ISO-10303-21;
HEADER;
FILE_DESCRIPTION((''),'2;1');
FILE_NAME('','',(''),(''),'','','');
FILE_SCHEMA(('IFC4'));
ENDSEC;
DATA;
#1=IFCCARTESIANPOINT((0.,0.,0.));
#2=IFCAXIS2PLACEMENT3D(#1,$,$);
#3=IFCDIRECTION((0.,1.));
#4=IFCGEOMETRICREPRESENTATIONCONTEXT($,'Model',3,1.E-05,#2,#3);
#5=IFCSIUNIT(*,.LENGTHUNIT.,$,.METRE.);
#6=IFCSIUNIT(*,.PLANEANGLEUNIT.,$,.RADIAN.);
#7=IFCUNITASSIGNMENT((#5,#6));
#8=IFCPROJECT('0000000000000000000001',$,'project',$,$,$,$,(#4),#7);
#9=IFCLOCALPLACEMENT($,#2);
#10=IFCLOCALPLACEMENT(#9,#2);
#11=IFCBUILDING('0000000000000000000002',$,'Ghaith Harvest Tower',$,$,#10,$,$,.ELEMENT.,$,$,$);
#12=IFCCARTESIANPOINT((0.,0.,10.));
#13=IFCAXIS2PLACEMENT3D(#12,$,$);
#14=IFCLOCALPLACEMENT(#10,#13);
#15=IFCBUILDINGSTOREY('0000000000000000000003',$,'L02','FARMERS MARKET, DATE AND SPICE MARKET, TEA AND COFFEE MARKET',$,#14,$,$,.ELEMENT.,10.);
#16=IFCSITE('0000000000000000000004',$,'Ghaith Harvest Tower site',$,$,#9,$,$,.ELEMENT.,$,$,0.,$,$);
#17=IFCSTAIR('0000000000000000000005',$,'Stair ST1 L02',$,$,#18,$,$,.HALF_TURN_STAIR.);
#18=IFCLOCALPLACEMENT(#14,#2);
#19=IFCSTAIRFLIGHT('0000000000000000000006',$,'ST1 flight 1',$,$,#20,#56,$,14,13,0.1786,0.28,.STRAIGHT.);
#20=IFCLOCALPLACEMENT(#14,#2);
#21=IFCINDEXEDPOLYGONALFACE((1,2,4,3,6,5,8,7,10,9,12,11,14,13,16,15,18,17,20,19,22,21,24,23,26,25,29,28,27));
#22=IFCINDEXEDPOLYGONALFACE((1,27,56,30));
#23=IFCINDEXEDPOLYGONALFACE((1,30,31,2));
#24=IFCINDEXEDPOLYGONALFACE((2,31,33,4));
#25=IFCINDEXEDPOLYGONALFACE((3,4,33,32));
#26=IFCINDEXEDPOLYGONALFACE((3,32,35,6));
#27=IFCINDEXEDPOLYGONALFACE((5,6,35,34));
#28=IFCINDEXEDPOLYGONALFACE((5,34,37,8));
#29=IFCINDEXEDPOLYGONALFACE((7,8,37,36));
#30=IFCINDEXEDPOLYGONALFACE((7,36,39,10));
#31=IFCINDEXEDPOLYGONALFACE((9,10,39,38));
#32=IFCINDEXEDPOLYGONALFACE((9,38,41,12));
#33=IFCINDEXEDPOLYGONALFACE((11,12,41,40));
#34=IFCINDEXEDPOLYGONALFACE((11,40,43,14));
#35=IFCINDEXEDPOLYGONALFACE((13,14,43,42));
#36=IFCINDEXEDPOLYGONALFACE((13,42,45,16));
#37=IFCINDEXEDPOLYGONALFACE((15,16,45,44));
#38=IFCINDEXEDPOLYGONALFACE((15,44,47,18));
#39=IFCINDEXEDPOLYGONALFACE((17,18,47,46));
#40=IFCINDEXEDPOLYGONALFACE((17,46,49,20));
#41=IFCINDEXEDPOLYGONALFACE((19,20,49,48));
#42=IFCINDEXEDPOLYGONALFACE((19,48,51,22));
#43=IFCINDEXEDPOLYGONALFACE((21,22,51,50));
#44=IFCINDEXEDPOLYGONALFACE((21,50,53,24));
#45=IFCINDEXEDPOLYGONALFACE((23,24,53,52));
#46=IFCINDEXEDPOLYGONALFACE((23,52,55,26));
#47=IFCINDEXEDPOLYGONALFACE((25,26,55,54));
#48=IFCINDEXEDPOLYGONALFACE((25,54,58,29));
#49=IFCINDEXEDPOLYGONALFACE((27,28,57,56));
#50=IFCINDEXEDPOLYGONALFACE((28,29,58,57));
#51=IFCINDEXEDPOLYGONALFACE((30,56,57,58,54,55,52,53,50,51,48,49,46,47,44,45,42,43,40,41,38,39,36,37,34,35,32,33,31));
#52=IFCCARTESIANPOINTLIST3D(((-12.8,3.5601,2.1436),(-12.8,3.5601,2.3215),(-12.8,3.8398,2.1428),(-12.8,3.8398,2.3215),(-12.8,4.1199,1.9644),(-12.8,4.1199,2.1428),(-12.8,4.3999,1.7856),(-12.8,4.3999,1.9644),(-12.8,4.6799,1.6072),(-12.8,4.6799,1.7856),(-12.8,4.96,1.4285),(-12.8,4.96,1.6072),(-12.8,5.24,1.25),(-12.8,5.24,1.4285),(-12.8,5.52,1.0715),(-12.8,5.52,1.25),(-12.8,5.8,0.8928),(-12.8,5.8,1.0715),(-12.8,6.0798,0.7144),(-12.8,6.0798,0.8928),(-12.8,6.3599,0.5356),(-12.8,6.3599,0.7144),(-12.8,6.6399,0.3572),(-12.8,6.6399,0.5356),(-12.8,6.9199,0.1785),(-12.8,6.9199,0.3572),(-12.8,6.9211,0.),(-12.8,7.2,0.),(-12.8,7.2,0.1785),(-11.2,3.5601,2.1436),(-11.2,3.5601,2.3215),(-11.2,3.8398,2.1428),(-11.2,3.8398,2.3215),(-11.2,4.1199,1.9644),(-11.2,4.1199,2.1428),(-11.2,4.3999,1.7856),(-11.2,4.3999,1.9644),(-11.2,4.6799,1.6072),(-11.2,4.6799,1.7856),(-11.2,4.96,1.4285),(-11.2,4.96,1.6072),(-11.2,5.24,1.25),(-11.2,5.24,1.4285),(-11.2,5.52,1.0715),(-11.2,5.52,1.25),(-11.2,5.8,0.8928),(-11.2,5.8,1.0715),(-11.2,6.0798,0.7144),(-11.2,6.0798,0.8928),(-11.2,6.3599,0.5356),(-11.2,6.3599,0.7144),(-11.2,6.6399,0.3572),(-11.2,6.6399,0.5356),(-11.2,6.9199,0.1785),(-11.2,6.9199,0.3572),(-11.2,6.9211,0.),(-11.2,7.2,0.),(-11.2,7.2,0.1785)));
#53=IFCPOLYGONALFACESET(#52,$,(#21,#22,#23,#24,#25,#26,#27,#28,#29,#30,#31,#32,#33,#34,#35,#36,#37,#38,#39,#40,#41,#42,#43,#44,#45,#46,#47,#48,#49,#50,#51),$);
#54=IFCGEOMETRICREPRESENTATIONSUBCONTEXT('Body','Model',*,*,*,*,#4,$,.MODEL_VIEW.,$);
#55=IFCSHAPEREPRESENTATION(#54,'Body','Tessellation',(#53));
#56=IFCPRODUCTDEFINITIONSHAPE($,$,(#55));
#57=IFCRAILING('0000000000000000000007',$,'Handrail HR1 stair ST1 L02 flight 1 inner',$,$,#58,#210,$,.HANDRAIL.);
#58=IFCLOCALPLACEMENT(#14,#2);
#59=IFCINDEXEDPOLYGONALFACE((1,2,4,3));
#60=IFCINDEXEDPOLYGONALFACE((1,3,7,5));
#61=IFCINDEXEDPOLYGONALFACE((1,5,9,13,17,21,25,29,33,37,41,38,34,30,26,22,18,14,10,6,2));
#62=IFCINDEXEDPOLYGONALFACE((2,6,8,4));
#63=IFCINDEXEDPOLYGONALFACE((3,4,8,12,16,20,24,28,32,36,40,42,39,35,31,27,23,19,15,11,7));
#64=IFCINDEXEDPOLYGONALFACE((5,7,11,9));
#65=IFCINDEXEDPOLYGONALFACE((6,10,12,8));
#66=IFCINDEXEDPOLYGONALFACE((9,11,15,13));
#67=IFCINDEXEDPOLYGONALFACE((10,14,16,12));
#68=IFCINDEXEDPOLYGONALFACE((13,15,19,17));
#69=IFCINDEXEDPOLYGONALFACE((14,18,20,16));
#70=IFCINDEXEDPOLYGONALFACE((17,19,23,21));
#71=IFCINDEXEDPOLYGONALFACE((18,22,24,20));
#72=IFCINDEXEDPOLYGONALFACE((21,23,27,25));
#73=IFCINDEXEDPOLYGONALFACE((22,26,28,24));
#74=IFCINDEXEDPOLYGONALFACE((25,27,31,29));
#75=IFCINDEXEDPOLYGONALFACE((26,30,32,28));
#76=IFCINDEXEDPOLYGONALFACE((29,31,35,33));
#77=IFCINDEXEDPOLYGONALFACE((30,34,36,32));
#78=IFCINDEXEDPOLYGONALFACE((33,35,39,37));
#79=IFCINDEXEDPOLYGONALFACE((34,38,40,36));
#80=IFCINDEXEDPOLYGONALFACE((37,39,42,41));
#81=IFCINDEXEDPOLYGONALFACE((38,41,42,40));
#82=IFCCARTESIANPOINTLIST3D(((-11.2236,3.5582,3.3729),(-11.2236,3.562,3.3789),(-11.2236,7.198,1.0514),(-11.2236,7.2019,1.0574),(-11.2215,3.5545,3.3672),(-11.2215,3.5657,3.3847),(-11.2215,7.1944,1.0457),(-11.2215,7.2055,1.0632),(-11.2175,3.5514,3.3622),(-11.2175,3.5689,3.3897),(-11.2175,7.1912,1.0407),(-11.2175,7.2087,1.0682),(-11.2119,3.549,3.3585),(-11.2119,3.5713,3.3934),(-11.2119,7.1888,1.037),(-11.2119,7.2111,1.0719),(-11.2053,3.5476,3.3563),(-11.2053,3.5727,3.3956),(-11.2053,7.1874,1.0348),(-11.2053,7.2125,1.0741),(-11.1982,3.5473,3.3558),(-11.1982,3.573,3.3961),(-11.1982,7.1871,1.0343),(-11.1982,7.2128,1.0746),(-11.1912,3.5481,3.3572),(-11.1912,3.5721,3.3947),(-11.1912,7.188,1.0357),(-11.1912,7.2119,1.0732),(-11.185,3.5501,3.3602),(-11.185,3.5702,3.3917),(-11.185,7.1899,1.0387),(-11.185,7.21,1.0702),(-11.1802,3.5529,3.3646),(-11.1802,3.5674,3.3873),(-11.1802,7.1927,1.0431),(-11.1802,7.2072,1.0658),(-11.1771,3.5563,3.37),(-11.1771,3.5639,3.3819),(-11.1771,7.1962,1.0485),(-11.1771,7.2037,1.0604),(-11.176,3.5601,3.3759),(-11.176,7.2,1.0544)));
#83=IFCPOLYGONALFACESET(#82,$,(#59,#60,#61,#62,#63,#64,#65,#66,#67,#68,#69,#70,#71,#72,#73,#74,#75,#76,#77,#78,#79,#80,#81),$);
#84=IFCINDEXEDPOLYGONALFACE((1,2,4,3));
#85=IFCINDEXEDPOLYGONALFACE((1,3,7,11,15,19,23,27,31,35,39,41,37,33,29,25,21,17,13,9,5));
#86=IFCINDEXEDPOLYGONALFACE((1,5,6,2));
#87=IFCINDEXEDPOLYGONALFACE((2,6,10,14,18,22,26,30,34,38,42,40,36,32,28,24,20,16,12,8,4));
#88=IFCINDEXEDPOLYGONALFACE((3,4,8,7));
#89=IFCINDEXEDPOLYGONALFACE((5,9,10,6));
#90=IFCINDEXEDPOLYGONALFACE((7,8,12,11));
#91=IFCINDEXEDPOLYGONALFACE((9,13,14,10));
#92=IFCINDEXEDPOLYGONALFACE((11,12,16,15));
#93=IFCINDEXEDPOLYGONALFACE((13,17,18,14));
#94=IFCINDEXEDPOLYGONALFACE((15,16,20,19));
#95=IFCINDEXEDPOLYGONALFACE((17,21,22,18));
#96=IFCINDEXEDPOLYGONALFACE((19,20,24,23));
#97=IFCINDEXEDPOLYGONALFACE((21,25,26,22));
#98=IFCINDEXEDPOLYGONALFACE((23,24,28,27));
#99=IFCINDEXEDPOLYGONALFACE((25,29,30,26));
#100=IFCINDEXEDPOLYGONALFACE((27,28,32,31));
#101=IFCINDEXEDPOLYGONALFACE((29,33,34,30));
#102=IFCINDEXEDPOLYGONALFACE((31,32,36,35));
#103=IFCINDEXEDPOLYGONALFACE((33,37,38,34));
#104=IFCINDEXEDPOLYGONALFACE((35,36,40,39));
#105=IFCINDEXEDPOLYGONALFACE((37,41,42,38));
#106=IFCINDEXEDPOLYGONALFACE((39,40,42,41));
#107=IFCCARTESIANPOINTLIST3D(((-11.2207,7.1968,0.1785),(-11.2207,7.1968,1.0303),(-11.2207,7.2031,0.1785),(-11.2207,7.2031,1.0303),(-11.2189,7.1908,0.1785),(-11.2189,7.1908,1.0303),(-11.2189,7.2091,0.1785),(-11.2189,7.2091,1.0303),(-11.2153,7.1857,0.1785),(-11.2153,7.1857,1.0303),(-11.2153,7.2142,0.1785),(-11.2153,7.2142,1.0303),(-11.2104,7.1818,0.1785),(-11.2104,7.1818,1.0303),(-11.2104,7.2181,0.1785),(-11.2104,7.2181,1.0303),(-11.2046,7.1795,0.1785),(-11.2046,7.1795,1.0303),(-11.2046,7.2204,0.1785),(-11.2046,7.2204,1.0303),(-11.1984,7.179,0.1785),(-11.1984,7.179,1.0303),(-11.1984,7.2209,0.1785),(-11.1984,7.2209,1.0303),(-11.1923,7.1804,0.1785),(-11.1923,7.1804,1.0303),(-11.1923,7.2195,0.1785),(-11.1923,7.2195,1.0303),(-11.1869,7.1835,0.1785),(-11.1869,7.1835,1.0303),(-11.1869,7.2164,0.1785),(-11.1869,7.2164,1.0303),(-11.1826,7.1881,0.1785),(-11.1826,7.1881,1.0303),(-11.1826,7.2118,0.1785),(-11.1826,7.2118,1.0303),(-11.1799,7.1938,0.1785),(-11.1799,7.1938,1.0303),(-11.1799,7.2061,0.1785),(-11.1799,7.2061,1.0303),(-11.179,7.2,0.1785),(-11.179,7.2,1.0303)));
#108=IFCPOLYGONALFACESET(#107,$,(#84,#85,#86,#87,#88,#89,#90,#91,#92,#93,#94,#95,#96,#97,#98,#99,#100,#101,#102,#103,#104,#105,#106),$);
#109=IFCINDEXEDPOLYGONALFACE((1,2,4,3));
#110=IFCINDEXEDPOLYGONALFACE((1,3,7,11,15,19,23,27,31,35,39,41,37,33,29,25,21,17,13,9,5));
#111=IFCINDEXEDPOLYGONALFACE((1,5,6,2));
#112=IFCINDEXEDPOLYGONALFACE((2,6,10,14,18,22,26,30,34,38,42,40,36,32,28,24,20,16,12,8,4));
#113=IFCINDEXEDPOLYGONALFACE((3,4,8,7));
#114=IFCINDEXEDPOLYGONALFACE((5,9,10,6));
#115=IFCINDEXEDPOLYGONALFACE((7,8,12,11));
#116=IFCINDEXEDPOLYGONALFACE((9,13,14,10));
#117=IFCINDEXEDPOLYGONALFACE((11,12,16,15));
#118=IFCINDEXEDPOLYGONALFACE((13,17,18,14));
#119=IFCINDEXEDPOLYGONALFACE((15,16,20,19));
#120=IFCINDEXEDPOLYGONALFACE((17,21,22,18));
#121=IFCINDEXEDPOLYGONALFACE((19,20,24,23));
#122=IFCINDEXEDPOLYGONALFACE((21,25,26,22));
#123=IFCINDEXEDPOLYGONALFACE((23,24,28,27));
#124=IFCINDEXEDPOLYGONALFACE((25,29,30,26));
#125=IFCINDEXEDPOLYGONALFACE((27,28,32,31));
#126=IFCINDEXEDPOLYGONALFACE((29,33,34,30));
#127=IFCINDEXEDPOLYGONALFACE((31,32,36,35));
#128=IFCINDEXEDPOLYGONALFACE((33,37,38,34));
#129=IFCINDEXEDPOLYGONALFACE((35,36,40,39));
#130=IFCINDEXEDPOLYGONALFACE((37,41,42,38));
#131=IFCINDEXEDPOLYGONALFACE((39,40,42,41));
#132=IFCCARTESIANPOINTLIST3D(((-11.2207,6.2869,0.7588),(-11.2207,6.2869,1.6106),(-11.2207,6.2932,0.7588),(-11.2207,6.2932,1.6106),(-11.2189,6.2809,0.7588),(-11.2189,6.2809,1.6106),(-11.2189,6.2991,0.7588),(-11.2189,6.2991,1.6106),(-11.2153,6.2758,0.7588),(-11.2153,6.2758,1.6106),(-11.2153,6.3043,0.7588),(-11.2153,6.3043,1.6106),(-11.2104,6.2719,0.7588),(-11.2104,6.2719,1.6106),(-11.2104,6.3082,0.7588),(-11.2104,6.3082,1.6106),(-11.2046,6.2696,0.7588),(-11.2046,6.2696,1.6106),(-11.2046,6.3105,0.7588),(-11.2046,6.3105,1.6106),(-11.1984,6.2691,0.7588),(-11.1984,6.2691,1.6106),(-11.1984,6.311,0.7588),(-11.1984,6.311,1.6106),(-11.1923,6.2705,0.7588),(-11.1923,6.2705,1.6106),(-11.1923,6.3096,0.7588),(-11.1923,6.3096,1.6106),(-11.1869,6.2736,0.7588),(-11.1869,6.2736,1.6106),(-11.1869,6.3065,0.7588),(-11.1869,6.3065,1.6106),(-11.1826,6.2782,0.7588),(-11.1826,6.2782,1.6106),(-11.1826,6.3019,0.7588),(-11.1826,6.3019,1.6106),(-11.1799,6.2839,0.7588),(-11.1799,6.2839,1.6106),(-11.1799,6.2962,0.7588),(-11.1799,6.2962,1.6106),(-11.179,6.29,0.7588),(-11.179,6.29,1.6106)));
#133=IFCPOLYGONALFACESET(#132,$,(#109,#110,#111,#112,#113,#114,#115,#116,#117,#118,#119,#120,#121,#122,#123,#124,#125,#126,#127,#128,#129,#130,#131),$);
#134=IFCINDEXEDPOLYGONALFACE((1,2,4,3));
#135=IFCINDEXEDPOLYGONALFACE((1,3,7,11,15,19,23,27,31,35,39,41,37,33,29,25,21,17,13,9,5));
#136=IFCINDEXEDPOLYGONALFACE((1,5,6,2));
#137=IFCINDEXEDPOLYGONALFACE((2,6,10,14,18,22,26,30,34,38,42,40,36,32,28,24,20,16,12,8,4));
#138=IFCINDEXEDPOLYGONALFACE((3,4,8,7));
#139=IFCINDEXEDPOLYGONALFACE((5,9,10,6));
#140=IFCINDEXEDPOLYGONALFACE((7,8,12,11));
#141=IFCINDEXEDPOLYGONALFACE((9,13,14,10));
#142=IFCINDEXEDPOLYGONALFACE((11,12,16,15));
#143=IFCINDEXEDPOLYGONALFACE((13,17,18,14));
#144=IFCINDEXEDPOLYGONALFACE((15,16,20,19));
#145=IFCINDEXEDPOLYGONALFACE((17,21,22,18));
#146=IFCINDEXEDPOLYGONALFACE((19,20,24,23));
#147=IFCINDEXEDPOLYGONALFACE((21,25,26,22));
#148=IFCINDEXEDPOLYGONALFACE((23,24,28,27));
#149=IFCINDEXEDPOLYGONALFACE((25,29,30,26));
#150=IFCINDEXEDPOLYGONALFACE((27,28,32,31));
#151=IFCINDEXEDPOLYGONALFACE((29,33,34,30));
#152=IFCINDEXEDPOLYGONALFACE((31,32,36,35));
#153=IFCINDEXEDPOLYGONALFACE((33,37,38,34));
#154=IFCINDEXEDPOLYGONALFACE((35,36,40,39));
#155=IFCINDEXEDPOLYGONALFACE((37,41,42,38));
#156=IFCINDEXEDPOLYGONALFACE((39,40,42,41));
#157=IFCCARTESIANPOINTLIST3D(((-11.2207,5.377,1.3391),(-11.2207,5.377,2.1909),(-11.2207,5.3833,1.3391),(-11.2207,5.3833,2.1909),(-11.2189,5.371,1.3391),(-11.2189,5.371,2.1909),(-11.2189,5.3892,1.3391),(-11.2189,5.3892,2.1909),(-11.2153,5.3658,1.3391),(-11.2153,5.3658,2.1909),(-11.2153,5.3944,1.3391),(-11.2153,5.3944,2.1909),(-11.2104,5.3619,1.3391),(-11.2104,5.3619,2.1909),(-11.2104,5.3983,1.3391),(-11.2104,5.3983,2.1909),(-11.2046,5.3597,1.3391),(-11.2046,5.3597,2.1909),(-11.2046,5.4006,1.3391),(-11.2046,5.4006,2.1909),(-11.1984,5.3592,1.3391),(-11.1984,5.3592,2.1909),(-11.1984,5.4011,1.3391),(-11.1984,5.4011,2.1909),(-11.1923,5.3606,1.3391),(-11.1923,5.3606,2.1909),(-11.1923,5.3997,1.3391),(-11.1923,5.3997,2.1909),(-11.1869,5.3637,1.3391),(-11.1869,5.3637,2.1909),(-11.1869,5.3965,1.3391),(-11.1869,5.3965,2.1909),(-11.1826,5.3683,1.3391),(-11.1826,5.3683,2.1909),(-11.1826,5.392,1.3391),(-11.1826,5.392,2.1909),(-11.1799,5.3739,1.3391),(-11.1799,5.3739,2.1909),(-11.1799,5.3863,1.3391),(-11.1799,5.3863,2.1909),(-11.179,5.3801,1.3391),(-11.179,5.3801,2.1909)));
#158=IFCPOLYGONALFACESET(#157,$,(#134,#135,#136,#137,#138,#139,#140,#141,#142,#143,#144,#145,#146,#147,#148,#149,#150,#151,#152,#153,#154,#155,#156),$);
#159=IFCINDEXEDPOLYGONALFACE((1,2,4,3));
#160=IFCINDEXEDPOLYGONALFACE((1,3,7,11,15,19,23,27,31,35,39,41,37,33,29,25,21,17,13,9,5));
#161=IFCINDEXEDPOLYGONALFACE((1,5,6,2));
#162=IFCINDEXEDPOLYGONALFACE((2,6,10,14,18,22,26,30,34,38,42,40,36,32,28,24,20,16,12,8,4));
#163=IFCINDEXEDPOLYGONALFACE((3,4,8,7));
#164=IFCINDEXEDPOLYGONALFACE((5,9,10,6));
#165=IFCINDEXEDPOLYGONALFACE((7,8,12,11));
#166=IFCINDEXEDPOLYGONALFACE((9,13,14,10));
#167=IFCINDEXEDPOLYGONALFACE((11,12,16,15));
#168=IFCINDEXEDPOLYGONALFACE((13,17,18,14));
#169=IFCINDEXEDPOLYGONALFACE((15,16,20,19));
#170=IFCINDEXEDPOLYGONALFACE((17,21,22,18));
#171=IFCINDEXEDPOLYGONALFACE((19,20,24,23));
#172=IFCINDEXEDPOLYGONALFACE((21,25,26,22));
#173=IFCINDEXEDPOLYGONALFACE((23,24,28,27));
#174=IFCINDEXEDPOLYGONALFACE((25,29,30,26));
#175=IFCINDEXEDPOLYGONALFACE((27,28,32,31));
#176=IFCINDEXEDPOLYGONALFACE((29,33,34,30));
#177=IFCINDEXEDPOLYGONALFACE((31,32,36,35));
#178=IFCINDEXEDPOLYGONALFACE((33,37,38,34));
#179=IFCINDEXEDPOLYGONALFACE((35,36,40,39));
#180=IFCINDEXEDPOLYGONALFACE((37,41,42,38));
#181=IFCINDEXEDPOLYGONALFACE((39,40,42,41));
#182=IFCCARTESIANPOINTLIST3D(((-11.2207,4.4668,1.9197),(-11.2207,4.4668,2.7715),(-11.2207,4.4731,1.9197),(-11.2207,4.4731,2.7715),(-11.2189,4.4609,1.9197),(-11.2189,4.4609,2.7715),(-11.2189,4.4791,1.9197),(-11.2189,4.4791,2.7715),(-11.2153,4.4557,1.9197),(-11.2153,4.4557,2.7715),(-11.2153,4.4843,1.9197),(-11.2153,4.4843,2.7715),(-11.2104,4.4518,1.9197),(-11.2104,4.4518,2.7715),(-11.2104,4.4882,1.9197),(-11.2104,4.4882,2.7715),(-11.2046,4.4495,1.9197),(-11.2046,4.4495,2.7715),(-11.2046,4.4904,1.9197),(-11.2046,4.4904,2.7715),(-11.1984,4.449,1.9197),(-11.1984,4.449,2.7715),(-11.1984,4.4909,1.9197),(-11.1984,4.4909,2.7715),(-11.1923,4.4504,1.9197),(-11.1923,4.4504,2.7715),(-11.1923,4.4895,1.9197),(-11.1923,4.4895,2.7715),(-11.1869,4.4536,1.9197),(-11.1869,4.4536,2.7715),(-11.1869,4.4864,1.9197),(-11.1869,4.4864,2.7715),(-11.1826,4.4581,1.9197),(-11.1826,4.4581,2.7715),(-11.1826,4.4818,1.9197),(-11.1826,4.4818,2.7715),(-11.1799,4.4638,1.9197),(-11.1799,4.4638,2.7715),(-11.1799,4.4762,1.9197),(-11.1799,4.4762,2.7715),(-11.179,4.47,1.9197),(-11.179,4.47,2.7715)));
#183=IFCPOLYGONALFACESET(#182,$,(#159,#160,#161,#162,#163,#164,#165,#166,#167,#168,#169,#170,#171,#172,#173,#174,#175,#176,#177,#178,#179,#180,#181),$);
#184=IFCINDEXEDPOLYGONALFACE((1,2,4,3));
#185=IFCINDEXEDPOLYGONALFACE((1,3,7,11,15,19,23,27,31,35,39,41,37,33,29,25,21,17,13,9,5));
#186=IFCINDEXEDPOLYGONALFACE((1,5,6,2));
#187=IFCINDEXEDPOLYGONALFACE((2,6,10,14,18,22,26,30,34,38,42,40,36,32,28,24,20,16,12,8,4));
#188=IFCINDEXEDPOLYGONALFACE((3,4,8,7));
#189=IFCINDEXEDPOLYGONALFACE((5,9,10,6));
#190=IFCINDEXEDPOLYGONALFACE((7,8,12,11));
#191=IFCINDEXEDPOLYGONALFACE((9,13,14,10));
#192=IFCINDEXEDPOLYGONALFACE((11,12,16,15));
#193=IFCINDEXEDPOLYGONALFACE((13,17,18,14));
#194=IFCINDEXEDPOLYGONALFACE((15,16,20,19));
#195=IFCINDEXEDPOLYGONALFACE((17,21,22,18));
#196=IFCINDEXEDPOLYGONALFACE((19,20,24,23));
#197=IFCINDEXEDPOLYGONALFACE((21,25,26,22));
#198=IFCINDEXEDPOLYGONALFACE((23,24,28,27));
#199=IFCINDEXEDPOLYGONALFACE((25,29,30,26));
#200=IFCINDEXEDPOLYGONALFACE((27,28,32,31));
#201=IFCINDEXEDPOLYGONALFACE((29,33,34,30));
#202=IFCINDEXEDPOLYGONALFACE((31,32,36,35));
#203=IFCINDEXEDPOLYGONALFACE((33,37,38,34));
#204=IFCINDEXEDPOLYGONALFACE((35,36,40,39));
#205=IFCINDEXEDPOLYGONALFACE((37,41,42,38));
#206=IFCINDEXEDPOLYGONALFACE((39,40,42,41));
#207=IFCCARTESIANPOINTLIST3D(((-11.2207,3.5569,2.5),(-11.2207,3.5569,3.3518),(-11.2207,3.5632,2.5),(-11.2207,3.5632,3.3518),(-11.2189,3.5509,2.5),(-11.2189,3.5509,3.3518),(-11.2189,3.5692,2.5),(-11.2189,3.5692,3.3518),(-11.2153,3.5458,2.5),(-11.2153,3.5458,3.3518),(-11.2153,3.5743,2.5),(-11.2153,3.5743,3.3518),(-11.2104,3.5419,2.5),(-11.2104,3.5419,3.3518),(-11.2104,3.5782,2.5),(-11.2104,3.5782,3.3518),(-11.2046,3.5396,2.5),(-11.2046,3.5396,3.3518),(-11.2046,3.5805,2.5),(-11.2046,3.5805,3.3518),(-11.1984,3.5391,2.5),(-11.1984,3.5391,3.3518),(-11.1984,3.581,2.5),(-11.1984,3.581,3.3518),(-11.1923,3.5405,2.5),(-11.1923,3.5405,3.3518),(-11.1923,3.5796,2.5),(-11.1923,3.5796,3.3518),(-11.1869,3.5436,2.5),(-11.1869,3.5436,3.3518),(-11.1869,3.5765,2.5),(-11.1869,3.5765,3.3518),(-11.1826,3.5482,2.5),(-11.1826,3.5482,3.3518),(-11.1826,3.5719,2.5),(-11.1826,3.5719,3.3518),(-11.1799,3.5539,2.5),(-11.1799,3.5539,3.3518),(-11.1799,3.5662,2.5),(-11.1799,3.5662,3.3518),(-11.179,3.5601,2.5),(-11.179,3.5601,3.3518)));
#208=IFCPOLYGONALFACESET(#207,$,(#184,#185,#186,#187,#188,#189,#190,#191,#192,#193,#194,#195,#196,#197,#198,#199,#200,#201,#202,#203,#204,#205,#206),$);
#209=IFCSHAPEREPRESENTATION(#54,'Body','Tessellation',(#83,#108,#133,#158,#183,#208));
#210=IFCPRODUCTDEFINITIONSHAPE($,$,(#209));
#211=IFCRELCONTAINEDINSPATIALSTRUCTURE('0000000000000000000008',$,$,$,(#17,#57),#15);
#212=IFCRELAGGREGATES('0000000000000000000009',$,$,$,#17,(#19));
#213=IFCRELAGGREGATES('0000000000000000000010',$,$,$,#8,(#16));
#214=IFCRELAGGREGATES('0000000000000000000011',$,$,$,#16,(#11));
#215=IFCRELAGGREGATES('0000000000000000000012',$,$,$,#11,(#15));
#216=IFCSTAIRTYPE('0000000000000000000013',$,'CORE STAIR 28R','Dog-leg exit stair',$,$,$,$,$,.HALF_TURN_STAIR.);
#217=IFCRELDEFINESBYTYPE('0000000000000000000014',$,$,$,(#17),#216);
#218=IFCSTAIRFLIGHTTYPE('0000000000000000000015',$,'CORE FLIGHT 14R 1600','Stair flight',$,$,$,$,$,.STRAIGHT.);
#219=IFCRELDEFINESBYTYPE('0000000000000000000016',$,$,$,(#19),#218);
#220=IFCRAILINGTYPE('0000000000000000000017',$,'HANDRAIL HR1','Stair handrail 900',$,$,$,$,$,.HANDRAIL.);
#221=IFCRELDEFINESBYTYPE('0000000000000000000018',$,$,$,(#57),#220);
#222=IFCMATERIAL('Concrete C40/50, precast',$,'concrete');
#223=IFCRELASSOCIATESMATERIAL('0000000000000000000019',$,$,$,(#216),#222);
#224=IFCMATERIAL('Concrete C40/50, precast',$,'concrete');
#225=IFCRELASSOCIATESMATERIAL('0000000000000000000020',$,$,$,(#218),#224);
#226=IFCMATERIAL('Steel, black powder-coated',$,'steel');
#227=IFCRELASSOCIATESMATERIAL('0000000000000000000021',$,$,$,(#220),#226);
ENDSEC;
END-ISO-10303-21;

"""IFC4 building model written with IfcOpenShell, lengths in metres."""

from ifc_helpers import new_model, si_unit, direction, frame, origin, origin_2d, place, context, subcontext, project, spatial, polyline, circle, outline, extrude, material, type_object, element, aggregate, save


model = new_model("IFC4")

# Units and contexts
model_context = context("Model", 3, precision=1e-05, world=origin(), true_north=direction((0.0, 1.0)))
body_context = subcontext(model_context, "Body", "Model", "MODEL_VIEW")
ifc_project = project(units=[si_unit("LENGTHUNIT", "METRE"), si_unit("PLANEANGLEUNIT", "RADIAN")], contexts=[model_context])

# Site, building, storey
site_placement = place(None, origin())
site = spatial("IfcSite", under=ifc_project, at=site_placement, Name="Ghaith Harvest Tower site", CompositionType="ELEMENT", RefElevation=0.0)
building_placement = place(site_placement, origin())
building = spatial("IfcBuilding", under=site, at=building_placement, Name="Ghaith Harvest Tower", CompositionType="ELEMENT")
storey_placement = place(building_placement, frame((0.0, 0.0, 10.0)))
storey = spatial("IfcBuildingStorey", under=building, at=storey_placement, Name="L02", Description="FARMERS MARKET, DATE AND SPICE MARKET, TEA AND COFFEE MARKET", CompositionType="ELEMENT", Elevation=10.0)

# Stair, stair flight
ifc_material_1 = material(Name="Concrete C40/50, precast", Category="concrete")
stair_type = type_object("IfcStairType", Name="CORE STAIR 28R", Description="Dog-leg exit stair", PredefinedType="HALF_TURN_STAIR", material=ifc_material_1)
stair_placement = place(storey_placement, origin())
stair = element("IfcStair", 1, at=stair_placement, inside=storey, type_object=stair_type, Name="Stair ST1 L02", PredefinedType="HALF_TURN_STAIR")
ifc_material_2 = material(Name="Concrete C40/50, precast", Category="concrete")
stair_flight_type = type_object("IfcStairFlightType", Name="CORE FLIGHT 14R 1600", Description="Stair flight", PredefinedType="STRAIGHT", material=ifc_material_2)
stair_flight_placement = place(storey_placement, frame((-12.0, 7.2, 0.0), z_axis=(0.0, 0.0, 1.0), x_axis=(0.0, -1.0, 0.0)))
stair_flight = element("IfcStairFlight", 2, at=stair_flight_placement, type_object=stair_flight_type, Name="ST1 flight 1", NumberOfRisers=14, NumberOfTreads=13, PredefinedType="STRAIGHT", RiserHeight=0.1786, TreadLength=0.28, context=body_context, shape_type="SweptSolid", body=[
    extrude(outline(polyline([(0.0, 0.0), (0.0, 0.1785), (0.28, 0.1785), (0.28, 0.3572), (0.5601, 0.3572), (0.5601, 0.5356), (0.8401, 0.5356), (0.8401, 0.7144), (1.1201, 0.7144), (1.1201, 0.8928), (1.3999, 0.8928), (1.3999, 1.0715), (1.6799, 1.0715), (1.6799, 1.25), (1.96, 1.25), (1.96, 1.4285), (2.24, 1.4285), (2.24, 1.6072), (2.52, 1.6072), (2.52, 1.7856), (2.8, 1.7856), (2.8, 1.9644), (3.0801, 1.9644), (3.0801, 2.1428), (3.3601, 2.1428), (3.3601, 2.3215), (3.6399, 2.3215), (3.6399, 2.5), (3.6399, 2.1436), (0.2788, 0.0), (0.0, 0.0)])), frame((0.0, 0.8, 0.0), z_axis=(0.0, -1.0, 0.0), x_axis=(1.0, 0.0, 0.0)), (0.0, 0.0, 1.0), 1.6001),
])
aggregate(stair, [stair_flight])

# Railing
ifc_material_3 = material(Name="Steel, black powder-coated", Category="steel")
railing_type = type_object("IfcRailingType", Name="HANDRAIL HR1", Description="Stair handrail 900", PredefinedType="HANDRAIL", material=ifc_material_3)
railing_1_placement = place(storey_placement, frame((-11.2, 7.2, 0.1785)))
element("IfcRailing", 3, at=railing_1_placement, inside=storey, type_object=railing_type, Name="Handrail HR1 stair ST1 L02 flight 1 inner", PredefinedType="HANDRAIL", context=body_context, shape_type="SweptSolid", body=[
    extrude(circle(Radius=0.0239, at=origin_2d()), frame((0.0, 0.0, 0.876), z_axis=(0.0, -0.843112, 0.537739), x_axis=(1.0, 0.0, 0.0)), (0.0, 0.0, 1.0), 4.3171),
    extrude(circle(Radius=0.021, at=origin_2d()), origin(), (0.0, 0.0, 1.0), 0.8518),
    extrude(circle(Radius=0.021, at=origin_2d()), frame((0.0, -0.9099, 0.5803)), (0.0, 0.0, 1.0), 0.8518),
    extrude(circle(Radius=0.021, at=origin_2d()), frame((0.0, -1.8198, 1.1606)), (0.0, 0.0, 1.0), 0.8518),
    extrude(circle(Radius=0.021, at=origin_2d()), frame((0.0, -2.73, 1.7412)), (0.0, 0.0, 1.0), 0.8518),
    extrude(circle(Radius=0.021, at=origin_2d()), frame((0.0, -3.6399, 2.3215)), (0.0, 0.0, 1.0), 0.8518),
])

save(model, "model.ifc")
